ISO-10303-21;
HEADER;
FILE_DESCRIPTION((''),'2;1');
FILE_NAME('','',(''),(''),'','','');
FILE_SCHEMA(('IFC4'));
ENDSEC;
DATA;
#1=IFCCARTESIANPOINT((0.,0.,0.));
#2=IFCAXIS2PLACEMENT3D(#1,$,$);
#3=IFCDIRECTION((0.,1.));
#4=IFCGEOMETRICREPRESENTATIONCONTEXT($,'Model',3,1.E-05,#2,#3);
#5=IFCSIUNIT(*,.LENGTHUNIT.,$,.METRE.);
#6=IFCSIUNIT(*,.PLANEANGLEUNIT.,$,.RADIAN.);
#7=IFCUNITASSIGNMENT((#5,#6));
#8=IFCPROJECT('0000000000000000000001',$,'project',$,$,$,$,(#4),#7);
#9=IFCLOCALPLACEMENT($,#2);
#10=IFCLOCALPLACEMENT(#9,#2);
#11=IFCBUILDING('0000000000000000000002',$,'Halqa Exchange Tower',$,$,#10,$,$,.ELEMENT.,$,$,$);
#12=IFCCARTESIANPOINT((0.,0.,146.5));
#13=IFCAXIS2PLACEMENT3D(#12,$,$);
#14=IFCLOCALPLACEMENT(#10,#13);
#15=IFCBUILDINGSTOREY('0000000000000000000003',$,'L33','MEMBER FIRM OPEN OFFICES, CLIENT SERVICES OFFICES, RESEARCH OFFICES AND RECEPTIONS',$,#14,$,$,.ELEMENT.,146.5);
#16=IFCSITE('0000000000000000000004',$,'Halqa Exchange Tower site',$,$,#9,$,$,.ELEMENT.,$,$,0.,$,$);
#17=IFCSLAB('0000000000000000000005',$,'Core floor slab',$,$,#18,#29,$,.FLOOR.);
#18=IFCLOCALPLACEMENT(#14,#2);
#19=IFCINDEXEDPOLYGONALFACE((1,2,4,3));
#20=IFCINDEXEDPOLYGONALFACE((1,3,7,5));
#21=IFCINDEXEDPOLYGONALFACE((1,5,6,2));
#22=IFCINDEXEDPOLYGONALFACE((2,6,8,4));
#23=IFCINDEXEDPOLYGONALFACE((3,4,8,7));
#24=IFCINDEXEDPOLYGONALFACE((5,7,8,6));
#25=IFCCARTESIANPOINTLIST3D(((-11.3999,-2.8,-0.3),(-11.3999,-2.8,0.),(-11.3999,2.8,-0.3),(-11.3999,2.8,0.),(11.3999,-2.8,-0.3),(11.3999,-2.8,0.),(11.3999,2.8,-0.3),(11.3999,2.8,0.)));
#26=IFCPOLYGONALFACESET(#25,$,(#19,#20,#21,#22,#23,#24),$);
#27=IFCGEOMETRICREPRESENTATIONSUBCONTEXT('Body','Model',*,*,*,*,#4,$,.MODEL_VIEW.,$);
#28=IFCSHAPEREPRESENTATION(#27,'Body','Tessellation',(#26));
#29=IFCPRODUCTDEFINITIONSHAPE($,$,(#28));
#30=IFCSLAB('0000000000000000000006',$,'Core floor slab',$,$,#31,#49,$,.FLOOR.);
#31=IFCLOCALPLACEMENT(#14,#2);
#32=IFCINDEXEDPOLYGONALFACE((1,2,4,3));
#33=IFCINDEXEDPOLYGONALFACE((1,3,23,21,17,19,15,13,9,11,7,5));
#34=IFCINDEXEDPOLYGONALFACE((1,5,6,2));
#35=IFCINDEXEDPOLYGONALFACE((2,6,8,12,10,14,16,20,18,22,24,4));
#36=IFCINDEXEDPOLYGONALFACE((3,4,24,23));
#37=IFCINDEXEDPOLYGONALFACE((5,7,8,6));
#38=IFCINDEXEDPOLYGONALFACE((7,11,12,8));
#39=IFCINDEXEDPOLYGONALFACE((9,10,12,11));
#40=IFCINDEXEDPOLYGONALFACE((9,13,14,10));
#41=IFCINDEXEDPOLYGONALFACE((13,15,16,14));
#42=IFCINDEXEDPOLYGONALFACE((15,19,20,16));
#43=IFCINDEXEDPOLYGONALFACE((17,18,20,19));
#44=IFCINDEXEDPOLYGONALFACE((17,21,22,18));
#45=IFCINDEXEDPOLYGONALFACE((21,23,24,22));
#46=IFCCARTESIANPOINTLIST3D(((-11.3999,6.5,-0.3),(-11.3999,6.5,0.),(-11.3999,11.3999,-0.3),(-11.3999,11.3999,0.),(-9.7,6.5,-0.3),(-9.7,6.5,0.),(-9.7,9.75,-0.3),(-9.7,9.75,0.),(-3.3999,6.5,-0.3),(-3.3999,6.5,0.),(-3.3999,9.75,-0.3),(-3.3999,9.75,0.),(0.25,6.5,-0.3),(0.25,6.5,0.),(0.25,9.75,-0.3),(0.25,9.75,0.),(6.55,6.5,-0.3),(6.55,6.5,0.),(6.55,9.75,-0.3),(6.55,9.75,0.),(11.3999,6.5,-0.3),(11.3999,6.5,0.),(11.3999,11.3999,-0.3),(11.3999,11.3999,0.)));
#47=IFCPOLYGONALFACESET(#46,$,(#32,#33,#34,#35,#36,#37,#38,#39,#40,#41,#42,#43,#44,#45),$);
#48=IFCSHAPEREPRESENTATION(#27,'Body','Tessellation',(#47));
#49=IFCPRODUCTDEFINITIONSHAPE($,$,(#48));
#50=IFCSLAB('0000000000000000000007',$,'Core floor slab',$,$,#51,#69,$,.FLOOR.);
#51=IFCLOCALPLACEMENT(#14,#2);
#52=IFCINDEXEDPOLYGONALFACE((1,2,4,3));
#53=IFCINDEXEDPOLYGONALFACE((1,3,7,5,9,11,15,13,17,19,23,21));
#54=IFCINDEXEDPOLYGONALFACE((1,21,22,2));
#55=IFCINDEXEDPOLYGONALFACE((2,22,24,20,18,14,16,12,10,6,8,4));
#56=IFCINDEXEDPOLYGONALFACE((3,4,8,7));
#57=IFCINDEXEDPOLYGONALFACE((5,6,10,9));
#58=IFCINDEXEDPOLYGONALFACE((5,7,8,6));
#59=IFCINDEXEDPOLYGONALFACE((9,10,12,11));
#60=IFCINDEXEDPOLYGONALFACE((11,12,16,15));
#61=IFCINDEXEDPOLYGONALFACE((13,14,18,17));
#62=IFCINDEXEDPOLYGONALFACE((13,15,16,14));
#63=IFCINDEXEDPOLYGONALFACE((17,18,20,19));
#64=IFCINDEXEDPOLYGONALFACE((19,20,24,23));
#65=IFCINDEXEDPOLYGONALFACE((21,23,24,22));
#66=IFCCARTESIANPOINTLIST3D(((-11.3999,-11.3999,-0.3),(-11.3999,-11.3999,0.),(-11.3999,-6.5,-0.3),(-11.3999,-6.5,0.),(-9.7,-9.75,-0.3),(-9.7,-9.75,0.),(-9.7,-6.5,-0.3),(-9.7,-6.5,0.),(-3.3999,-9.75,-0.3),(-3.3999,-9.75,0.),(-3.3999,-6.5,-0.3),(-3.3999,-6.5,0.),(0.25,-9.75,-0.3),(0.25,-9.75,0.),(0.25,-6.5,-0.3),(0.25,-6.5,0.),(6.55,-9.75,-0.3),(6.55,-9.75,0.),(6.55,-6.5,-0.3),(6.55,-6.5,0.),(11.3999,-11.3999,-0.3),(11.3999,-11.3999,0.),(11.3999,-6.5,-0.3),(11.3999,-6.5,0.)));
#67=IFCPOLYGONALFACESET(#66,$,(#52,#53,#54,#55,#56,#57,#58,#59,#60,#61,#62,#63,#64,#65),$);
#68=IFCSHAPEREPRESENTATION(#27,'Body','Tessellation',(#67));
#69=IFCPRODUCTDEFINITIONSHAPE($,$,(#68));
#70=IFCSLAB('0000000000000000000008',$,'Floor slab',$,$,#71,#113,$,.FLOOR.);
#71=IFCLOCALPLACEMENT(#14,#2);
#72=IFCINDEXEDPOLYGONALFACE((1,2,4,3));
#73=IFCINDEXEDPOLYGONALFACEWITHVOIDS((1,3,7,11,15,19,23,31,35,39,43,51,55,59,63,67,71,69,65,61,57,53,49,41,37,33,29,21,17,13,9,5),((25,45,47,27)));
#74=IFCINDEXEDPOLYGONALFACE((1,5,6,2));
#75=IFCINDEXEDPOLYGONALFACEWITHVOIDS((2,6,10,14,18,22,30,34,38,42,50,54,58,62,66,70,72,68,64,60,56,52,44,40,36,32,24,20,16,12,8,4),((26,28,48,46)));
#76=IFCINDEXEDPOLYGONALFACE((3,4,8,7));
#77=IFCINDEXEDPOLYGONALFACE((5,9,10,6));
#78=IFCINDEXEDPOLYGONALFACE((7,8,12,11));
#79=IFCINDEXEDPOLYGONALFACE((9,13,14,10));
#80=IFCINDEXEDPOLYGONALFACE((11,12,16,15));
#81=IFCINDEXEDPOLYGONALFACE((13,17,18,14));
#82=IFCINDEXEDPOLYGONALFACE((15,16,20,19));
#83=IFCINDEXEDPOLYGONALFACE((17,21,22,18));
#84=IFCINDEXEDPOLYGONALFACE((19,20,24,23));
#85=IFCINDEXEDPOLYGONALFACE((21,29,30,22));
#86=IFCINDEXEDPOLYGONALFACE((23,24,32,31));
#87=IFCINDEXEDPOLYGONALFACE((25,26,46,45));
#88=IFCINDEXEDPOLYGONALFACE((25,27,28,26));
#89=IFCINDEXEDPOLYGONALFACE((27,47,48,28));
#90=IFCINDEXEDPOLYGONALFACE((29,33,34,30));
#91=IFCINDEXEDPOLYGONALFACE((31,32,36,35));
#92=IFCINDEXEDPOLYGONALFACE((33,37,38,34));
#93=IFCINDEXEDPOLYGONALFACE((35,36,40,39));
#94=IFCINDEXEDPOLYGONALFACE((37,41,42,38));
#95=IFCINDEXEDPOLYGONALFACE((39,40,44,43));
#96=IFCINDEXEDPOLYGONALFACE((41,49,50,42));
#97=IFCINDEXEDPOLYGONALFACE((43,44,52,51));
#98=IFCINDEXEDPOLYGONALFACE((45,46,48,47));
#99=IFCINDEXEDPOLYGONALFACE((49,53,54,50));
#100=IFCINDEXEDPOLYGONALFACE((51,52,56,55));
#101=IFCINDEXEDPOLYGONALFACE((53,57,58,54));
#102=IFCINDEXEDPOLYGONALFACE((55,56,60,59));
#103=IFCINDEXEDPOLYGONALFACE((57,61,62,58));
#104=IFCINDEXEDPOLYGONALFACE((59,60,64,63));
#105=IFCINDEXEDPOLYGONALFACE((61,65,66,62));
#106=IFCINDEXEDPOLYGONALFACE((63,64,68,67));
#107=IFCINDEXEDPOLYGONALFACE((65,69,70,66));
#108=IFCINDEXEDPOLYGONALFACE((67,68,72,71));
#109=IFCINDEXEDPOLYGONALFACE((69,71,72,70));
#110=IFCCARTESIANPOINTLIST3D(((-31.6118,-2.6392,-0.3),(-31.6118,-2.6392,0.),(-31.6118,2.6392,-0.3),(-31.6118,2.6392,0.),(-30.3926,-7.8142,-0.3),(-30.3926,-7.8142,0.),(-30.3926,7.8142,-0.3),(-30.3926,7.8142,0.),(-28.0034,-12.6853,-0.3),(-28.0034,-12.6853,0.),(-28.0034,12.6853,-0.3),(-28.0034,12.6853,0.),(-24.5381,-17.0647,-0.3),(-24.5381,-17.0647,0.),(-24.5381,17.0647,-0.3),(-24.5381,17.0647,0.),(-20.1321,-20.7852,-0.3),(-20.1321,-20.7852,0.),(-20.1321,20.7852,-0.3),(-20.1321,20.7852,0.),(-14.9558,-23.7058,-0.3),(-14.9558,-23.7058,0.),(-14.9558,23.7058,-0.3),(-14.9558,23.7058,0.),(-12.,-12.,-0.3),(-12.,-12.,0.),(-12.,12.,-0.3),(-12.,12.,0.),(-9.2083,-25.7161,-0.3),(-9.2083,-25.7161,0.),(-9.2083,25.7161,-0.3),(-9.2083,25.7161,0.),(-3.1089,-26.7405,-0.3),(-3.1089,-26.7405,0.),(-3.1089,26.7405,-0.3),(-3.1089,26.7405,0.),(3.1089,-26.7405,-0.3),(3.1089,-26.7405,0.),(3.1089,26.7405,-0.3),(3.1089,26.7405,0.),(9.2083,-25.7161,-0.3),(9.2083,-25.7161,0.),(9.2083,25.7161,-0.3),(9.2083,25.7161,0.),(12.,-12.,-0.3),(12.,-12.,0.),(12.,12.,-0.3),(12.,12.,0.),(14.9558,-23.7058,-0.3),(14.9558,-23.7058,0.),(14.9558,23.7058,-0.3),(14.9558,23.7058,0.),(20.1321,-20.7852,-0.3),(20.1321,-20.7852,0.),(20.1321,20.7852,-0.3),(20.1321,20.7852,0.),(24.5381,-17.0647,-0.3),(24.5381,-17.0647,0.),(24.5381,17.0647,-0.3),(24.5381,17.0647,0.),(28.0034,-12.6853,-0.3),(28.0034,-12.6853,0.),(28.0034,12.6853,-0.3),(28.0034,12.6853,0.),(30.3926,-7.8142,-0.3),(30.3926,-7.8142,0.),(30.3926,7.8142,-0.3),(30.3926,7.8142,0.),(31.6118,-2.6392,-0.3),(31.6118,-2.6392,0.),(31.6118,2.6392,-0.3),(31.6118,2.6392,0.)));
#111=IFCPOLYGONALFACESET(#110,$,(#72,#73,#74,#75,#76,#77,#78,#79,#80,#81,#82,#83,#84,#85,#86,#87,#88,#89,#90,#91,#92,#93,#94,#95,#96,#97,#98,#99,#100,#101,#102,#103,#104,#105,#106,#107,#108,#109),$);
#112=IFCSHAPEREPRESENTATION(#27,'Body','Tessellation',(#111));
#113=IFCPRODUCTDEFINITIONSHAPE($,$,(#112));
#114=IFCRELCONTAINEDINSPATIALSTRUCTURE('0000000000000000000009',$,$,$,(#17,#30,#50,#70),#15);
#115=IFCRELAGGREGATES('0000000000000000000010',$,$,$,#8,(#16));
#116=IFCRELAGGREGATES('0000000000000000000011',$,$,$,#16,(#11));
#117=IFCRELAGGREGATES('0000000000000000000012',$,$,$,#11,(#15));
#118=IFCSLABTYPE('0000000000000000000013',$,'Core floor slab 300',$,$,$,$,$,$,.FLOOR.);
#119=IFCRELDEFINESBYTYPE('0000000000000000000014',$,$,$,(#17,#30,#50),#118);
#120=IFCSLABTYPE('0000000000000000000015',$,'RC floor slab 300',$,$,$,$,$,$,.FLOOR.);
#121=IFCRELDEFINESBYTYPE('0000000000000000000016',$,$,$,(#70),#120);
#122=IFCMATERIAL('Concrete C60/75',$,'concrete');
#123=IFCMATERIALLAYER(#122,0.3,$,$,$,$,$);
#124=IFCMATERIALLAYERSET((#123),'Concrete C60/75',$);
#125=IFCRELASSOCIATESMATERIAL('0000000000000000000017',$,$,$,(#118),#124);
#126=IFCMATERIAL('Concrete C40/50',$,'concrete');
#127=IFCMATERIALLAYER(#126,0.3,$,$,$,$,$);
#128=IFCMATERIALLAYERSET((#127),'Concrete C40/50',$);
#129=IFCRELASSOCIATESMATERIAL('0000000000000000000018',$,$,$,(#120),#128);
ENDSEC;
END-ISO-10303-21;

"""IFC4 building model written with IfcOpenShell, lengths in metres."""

from ifc_helpers import new_model, si_unit, direction, frame, origin, place, context, subcontext, project, spatial, polyline, outline, extrude, material, layer, layer_set, type_object, element, save


model = new_model("IFC4")

# Units and contexts
model_context = context("Model", 3, precision=1e-05, world=origin(), true_north=direction((0.0, 1.0)))
body_context = subcontext(model_context, "Body", "Model", "MODEL_VIEW")
ifc_project = project(units=[si_unit("LENGTHUNIT", "METRE"), si_unit("PLANEANGLEUNIT", "RADIAN")], contexts=[model_context])

# Site, building, storey
site_placement = place(None, origin())
site = spatial("IfcSite", under=ifc_project, at=site_placement, Name="Halqa Exchange Tower site", CompositionType="ELEMENT", RefElevation=0.0)
building_placement = place(site_placement, origin())
building = spatial("IfcBuilding", under=site, at=building_placement, Name="Halqa Exchange Tower", CompositionType="ELEMENT")
storey_placement = place(building_placement, frame((0.0, 0.0, 146.5)))
storey = spatial("IfcBuildingStorey", under=building, at=storey_placement, Name="L33", Description="MEMBER FIRM OPEN OFFICES, CLIENT SERVICES OFFICES, RESEARCH OFFICES AND RECEPTIONS", CompositionType="ELEMENT", Elevation=146.5)

# Shared definitions
ifc_material_1 = material(Name="Concrete C60/75", Category="concrete")

# Slabs
ifc_layer_1 = layer(ifc_material_1, 0.3)
ifc_layer_set_1 = layer_set([ifc_layer_1], Name="Concrete C60/75")
slab_type_1 = type_object("IfcSlabType", Name="Core floor slab 300", PredefinedType="FLOOR", material=ifc_layer_set_1)
slab_1_placement = place(storey_placement, frame((0.0, 0.0, -0.3)))
element("IfcSlab", 1, at=slab_1_placement, inside=storey, type_object=slab_type_1, Name="Core floor slab", PredefinedType="FLOOR", context=body_context, shape_type="SweptSolid", body=[
    extrude(outline(polyline([(-11.3999, 2.8), (11.3999, 2.8), (11.3999, -2.8), (-11.3999, -2.8), (-11.3999, 2.8)])), origin(), (0.0, 0.0, 1.0), 0.3),
])
slab_2_placement = place(storey_placement, frame((0.0, 0.0, -0.3)))
element("IfcSlab", 2, at=slab_2_placement, inside=storey, type_object=slab_type_1, Name="Core floor slab", PredefinedType="FLOOR", context=body_context, shape_type="SweptSolid", body=[
    extrude(outline(polyline([(-11.3999, 11.3999), (11.3999, 11.3999), (11.3999, 6.5), (6.55, 6.5), (6.55, 9.75), (0.25, 9.75), (0.25, 6.5), (-3.3999, 6.5), (-3.3999, 9.75), (-9.7, 9.75), (-9.7, 6.5), (-11.3999, 6.5), (-11.3999, 11.3999)])), origin(), (0.0, 0.0, 1.0), 0.3),
])
slab_3_placement = place(storey_placement, frame((0.0, 0.0, -0.3)))
element("IfcSlab", 3, at=slab_3_placement, inside=storey, type_object=slab_type_1, Name="Core floor slab", PredefinedType="FLOOR", context=body_context, shape_type="SweptSolid", body=[
    extrude(outline(polyline([(-9.7, -9.75), (-3.3999, -9.75), (-3.3999, -6.5), (0.25, -6.5), (0.25, -9.75), (6.55, -9.75), (6.55, -6.5), (11.3999, -6.5), (11.3999, -11.3999), (-11.3999, -11.3999), (-11.3999, -6.5), (-9.7, -6.5), (-9.7, -9.75)])), origin(), (0.0, 0.0, 1.0), 0.3),
])
ifc_material_2 = material(Name="Concrete C40/50", Category="concrete")
ifc_layer_2 = layer(ifc_material_2, 0.3)
ifc_layer_set_2 = layer_set([ifc_layer_2], Name="Concrete C40/50")
slab_type_2 = type_object("IfcSlabType", Name="RC floor slab 300", PredefinedType="FLOOR", material=ifc_layer_set_2)
slab_4_placement = place(storey_placement, frame((0.0, 0.0, -0.3)))
element("IfcSlab", 4, at=slab_4_placement, inside=storey, type_object=slab_type_2, Name="Floor slab", PredefinedType="FLOOR", context=body_context, shape_type="SweptSolid", body=[
    extrude(outline(polyline([(31.6118, 2.6392), (30.3926, 7.8142), (28.0034, 12.6853), (24.5381, 17.0647), (20.1321, 20.7852), (14.9558, 23.7058), (9.2083, 25.7161), (3.1089, 26.7405), (-3.1089, 26.7405), (-9.2083, 25.7161), (-14.9558, 23.7058), (-20.1321, 20.7852), (-24.5381, 17.0647), (-28.0034, 12.6853), (-30.3926, 7.8142), (-31.6118, 2.6392), (-31.6118, -2.6392), (-30.3926, -7.8142), (-28.0034, -12.6853), (-24.5381, -17.0647), (-20.1321, -20.7852), (-14.9558, -23.7058), (-9.2083, -25.7161), (-3.1089, -26.7405), (3.1089, -26.7405), (9.2083, -25.7161), (14.9558, -23.7058), (20.1321, -20.7852), (24.5381, -17.0647), (28.0034, -12.6853), (30.3926, -7.8142), (31.6118, -2.6392), (31.6118, 2.6392)]), holes=[polyline([(-12.0, -12.0), (12.0, -12.0), (12.0, 12.0), (-12.0, 12.0), (-12.0, -12.0)])]), origin(), (0.0, 0.0, 1.0), 0.3),
])

save(model, "model.ifc")
